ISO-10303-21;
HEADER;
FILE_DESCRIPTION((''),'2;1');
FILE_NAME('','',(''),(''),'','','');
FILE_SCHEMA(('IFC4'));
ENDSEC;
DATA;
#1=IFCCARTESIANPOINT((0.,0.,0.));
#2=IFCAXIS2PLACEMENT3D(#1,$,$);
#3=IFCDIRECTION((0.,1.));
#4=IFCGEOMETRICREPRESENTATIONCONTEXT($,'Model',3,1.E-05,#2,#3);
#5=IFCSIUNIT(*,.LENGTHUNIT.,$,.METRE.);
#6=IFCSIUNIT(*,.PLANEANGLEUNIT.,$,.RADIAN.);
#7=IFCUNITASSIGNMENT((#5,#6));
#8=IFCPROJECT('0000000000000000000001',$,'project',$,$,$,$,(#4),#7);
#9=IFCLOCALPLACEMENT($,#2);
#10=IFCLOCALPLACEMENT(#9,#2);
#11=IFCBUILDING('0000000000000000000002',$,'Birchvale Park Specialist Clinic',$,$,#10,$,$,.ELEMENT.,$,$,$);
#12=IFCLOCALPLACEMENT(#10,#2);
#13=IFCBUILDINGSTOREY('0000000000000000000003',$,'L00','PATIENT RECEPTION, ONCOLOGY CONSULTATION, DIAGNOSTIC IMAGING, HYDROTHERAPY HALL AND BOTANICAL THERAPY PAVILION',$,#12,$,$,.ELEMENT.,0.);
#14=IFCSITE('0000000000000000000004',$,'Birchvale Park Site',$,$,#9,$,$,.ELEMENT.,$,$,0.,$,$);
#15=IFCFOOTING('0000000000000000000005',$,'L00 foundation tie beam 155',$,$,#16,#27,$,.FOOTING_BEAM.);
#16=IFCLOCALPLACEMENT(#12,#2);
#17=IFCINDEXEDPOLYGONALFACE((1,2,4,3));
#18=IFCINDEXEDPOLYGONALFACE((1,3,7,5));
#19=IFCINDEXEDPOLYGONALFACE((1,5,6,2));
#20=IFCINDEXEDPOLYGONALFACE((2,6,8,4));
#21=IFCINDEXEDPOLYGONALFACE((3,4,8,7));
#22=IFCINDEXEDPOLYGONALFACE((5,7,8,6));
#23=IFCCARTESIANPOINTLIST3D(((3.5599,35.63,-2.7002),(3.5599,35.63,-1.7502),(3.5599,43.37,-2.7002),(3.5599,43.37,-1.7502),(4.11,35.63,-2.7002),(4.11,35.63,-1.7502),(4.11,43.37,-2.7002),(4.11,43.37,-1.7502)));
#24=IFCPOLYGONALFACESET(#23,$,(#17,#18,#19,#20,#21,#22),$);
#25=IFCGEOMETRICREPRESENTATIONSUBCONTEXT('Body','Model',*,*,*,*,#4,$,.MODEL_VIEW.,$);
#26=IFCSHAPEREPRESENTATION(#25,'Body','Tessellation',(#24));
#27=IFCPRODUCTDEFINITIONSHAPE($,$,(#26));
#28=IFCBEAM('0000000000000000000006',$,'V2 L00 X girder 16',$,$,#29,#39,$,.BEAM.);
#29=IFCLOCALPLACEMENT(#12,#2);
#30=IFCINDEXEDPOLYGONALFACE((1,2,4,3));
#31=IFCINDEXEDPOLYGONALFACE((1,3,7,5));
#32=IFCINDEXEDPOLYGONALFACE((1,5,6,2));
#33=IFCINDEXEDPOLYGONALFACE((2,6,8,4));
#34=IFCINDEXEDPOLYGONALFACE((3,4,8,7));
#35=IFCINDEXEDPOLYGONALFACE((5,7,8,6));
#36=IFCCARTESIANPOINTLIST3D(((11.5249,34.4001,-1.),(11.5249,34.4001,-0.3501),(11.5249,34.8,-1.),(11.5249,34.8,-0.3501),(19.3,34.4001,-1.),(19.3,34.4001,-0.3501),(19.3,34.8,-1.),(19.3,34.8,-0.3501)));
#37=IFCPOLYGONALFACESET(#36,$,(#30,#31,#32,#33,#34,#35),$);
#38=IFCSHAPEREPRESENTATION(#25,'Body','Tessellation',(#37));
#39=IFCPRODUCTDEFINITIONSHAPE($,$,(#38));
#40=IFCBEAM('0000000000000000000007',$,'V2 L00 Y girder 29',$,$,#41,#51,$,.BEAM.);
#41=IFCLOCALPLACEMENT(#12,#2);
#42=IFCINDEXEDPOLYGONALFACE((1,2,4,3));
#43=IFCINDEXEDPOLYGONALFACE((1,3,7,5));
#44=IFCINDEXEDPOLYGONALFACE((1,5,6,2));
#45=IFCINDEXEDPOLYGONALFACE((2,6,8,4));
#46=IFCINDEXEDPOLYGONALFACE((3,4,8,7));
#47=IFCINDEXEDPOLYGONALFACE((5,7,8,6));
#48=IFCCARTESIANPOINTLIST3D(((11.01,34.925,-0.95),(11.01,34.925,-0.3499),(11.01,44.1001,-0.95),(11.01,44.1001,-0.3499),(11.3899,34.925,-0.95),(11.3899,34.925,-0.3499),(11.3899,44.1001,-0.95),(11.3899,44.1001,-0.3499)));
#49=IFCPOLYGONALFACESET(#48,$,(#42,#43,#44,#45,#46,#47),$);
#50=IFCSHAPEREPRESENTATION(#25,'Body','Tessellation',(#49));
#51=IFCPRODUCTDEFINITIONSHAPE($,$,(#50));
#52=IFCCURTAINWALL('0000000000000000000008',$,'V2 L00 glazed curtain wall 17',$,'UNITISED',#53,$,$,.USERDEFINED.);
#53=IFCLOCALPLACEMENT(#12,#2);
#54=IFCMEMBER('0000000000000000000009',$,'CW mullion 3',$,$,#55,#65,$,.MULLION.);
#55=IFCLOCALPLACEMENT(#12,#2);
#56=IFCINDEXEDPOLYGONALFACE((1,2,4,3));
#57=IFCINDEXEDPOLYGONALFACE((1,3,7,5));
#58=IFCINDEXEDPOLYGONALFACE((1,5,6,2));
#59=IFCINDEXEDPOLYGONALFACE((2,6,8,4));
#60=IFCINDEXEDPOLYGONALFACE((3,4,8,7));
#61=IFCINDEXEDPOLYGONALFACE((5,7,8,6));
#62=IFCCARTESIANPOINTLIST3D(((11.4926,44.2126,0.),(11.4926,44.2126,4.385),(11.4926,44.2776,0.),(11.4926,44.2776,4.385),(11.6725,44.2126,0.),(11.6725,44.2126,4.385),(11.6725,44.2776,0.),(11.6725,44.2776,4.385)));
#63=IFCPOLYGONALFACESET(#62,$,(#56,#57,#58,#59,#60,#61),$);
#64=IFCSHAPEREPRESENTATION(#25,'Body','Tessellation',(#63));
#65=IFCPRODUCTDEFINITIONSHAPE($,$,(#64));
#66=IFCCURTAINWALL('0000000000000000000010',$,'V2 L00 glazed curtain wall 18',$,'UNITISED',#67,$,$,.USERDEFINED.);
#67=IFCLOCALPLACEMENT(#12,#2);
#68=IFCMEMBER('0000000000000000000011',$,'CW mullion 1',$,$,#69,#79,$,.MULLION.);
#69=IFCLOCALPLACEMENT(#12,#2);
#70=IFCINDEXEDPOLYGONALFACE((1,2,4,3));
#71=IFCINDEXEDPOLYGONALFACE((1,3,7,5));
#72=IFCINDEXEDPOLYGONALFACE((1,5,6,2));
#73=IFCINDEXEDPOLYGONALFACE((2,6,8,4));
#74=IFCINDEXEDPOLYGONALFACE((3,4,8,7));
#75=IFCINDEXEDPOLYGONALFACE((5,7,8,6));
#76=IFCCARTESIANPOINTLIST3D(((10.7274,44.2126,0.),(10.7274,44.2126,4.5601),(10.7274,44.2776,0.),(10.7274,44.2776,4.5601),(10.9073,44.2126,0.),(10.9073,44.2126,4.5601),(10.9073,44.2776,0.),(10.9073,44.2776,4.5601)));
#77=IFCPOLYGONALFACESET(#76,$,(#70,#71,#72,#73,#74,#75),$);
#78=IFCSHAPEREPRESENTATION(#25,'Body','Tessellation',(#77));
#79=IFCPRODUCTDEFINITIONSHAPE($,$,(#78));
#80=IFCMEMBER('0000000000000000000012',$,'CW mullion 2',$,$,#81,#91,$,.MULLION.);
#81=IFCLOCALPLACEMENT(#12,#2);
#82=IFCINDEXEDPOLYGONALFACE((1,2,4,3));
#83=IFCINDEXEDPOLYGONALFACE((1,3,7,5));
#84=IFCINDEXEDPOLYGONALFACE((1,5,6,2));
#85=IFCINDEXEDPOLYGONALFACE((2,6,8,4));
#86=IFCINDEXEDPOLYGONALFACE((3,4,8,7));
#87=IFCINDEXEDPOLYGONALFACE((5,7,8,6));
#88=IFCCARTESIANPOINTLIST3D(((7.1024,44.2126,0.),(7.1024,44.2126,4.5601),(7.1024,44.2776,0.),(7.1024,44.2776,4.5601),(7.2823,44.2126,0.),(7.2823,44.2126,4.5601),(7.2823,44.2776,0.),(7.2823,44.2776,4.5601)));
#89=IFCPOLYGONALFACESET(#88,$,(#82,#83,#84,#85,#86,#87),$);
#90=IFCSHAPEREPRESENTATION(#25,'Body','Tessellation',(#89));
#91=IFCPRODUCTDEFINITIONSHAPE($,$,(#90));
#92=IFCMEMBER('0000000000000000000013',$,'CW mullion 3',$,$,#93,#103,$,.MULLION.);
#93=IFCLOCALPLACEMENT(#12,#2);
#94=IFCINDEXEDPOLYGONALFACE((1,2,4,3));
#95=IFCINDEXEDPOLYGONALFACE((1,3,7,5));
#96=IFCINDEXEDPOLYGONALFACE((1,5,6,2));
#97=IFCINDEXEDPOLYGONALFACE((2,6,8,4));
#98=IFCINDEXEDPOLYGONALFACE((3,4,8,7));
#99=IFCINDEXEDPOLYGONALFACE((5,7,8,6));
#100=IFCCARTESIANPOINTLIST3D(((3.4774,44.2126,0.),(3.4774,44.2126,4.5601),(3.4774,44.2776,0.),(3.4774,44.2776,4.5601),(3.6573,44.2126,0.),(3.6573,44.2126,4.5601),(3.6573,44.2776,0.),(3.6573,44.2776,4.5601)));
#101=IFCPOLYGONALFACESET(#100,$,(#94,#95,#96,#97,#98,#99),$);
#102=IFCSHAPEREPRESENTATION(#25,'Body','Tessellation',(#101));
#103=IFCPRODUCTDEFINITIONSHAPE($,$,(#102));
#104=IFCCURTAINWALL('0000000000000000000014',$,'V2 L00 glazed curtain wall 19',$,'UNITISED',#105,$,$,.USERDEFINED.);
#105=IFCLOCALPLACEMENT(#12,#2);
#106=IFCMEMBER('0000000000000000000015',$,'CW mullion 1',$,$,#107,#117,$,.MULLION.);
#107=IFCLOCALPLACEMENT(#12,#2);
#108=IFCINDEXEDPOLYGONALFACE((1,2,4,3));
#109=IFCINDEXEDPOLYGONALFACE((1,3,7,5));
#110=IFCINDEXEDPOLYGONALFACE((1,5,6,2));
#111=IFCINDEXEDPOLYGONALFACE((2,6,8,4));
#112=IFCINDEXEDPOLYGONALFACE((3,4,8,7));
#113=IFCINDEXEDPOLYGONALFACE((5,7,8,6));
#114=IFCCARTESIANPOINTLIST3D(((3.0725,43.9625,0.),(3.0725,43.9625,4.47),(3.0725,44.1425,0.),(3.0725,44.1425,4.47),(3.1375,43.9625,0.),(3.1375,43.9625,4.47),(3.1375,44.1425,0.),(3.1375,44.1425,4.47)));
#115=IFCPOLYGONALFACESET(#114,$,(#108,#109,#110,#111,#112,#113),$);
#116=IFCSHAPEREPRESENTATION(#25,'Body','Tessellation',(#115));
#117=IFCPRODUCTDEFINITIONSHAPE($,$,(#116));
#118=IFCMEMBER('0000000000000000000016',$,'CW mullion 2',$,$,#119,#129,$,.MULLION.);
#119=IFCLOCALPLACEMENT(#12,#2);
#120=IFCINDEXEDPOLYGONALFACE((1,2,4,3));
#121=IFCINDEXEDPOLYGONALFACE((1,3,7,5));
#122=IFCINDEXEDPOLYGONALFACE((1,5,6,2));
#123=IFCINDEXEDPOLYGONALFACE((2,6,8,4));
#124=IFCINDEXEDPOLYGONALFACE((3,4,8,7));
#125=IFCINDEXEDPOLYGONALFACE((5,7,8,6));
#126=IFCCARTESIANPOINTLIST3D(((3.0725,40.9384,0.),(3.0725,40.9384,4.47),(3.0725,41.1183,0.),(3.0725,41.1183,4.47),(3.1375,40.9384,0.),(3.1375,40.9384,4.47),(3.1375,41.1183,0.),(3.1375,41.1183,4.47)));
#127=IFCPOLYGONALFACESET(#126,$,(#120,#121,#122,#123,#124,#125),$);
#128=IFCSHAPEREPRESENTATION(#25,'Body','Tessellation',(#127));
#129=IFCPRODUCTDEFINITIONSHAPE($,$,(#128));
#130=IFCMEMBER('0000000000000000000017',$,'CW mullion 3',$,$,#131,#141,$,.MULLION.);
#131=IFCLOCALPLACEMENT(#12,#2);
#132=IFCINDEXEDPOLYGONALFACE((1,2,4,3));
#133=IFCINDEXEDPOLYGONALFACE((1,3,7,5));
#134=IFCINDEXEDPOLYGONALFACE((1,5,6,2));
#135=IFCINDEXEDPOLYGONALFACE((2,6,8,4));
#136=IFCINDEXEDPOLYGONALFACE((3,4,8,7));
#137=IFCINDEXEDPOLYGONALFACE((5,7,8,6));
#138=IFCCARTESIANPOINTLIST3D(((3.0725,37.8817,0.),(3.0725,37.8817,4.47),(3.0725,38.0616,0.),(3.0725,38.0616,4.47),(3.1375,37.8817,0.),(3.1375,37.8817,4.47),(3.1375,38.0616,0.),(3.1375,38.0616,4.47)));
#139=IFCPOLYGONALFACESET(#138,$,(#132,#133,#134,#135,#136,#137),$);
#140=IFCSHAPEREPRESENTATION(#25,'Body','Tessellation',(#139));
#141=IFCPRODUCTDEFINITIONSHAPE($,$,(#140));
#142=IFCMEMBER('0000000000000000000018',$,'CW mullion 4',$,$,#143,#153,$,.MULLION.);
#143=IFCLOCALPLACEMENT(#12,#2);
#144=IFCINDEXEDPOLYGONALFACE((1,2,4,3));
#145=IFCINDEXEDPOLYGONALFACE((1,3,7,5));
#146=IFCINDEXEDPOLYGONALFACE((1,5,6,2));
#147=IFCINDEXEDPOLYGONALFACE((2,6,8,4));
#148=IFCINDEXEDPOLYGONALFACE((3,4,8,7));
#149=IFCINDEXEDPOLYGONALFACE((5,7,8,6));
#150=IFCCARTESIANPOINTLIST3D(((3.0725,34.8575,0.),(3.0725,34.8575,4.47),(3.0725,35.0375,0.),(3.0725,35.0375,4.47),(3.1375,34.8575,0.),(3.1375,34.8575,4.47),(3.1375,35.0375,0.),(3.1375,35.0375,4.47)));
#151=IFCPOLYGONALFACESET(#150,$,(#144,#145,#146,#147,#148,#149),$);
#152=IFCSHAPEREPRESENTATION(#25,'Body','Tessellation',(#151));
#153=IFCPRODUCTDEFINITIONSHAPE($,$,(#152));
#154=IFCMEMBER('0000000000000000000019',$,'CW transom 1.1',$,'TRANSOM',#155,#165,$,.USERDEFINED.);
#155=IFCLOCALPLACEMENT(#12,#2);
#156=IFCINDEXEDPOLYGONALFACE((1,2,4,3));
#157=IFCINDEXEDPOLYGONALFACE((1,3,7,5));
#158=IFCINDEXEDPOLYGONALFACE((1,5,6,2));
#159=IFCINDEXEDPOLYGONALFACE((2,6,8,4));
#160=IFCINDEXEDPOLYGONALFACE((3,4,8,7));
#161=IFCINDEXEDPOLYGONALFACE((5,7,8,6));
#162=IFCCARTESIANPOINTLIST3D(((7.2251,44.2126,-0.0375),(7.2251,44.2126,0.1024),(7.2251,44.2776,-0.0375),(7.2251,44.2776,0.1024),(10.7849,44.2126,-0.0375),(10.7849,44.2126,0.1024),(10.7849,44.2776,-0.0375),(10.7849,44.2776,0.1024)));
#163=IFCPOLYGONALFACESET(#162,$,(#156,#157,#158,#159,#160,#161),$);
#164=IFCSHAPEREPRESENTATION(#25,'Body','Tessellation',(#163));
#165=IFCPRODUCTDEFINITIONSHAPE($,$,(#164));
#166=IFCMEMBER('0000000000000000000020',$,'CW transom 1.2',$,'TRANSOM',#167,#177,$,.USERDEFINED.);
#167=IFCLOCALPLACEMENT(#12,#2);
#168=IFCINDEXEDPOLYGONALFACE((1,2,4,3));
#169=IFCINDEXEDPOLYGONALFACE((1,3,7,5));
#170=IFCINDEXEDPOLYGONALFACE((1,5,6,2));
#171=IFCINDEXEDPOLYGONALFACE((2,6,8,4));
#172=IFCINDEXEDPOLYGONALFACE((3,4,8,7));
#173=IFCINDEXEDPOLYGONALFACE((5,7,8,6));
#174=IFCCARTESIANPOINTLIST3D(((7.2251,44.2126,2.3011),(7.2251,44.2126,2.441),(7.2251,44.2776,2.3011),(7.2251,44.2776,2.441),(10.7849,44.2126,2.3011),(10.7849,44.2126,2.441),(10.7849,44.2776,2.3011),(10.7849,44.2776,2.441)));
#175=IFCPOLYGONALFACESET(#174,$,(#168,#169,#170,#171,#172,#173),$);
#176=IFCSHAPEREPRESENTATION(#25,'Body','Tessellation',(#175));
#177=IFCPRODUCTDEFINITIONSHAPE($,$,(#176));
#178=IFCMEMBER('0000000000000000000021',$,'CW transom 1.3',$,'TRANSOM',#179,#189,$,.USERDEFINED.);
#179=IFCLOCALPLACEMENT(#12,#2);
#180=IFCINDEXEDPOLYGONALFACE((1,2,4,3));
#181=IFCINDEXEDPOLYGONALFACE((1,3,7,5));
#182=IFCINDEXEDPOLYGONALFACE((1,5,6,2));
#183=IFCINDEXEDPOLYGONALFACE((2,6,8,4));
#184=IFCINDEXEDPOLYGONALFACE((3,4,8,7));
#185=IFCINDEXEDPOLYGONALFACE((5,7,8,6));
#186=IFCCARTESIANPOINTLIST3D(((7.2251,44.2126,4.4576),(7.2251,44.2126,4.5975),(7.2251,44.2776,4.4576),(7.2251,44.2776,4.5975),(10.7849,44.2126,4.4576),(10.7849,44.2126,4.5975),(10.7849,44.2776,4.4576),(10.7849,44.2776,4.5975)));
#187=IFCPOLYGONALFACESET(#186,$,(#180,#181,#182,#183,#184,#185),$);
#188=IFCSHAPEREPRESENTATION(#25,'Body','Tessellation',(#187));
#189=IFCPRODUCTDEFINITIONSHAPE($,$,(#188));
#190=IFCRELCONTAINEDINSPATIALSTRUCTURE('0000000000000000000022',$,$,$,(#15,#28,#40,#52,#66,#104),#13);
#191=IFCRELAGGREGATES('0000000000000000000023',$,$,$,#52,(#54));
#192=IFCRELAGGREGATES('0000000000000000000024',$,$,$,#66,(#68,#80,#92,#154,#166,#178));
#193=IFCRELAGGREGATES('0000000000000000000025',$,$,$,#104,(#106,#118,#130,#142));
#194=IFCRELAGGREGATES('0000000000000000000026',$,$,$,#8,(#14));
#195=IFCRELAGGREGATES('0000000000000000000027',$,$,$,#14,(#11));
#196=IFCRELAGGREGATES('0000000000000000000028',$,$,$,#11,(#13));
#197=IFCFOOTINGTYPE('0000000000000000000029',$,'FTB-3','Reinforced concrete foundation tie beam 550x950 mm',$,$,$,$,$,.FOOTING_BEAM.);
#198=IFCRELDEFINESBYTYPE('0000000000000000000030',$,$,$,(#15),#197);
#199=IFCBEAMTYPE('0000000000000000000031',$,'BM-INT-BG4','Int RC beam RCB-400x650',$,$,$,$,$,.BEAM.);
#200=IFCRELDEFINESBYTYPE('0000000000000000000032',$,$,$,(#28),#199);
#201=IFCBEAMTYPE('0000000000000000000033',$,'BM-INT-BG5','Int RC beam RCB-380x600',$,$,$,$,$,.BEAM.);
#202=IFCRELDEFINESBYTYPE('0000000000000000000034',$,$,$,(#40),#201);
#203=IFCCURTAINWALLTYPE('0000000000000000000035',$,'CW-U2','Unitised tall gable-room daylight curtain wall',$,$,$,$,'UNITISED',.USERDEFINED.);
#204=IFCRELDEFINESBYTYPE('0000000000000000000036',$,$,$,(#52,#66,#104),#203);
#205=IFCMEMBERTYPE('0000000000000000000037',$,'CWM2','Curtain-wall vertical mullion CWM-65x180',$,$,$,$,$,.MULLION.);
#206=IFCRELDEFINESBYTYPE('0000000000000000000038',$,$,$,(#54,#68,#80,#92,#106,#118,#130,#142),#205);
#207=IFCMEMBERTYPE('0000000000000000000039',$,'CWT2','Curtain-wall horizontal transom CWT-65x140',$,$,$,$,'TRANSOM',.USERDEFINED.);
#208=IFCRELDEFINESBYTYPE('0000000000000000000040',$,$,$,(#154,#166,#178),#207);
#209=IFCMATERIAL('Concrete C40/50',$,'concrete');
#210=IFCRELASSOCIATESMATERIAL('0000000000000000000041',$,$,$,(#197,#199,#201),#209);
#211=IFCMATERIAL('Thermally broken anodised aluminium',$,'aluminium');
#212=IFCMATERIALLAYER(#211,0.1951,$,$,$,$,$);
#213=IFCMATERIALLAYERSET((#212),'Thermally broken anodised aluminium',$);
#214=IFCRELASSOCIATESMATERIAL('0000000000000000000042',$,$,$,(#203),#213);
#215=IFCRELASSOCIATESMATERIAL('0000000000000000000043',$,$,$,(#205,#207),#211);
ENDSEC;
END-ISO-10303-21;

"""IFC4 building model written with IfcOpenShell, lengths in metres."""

from ifc_helpers import new_model, si_unit, direction, frame, origin, origin_2d, place, context, subcontext, project, spatial, rectangle, extrude, material, layer, layer_set, material_profile, profile_set, type_object, element, aggregate, save


model = new_model("IFC4")

# Units and contexts
model_context = context("Model", 3, precision=1e-05, world=origin(), true_north=direction((0.0, 1.0)))
body_context = subcontext(model_context, "Body", "Model", "MODEL_VIEW")
ifc_project = project(units=[si_unit("LENGTHUNIT", "METRE"), si_unit("PLANEANGLEUNIT", "RADIAN")], contexts=[model_context])

# Site, building, storey
site_placement = place(None, origin())
site = spatial("IfcSite", under=ifc_project, at=site_placement, Name="Birchvale Park Site", CompositionType="ELEMENT", RefElevation=0.0)
building_placement = place(site_placement, origin())
building = spatial("IfcBuilding", under=site, at=building_placement, Name="Birchvale Park Specialist Clinic", CompositionType="ELEMENT")
storey_placement = place(building_placement, origin())
storey = spatial("IfcBuildingStorey", under=building, at=storey_placement, Name="L00", Description="PATIENT RECEPTION, ONCOLOGY CONSULTATION, DIAGNOSTIC IMAGING, HYDROTHERAPY HALL AND BOTANICAL THERAPY PAVILION", CompositionType="ELEMENT", Elevation=0.0)

# Footing
ifc_material_1 = material(Name="Concrete C40/50", Category="concrete")
footing_type = type_object("IfcFootingType", Name="FTB-3", Description="Reinforced concrete foundation tie beam 550x950 mm", PredefinedType="FOOTING_BEAM", material=ifc_material_1)
footing_placement = place(storey_placement, frame((3.835, 39.5, -2.7002), z_axis=(0.0, 0.0, 1.0), x_axis=(1.0, 0.0, 0.0)))
element("IfcFooting", 1, at=footing_placement, inside=storey, type_object=footing_type, Name="L00 foundation tie beam 155", PredefinedType="FOOTING_BEAM", context=body_context, shape_type="SweptSolid", body=[
    extrude(rectangle(XDim=0.55, YDim=7.74, at=origin_2d()), origin(), (0.0, 0.0, 1.0), 0.95),
])

# Beams
ifc_material_profile_1 = material_profile(ifc_material_1, rectangle(XDim=0.3999, YDim=0.6499, at=origin_2d()), Name="RCB-400x650")
ifc_profile_set_1 = profile_set([ifc_material_profile_1], Name="Concrete C40/50")
beam_type_1 = type_object("IfcBeamType", Name="BM-INT-BG4", Description="Int RC beam RCB-400x650", PredefinedType="BEAM", material=ifc_profile_set_1)
beam_1_placement = place(storey_placement, frame((11.5249, 34.6001, -0.675), z_axis=(1.0, 0.0, 0.0), x_axis=(0.0, 1.0, 0.0)))
element("IfcBeam", 2, at=beam_1_placement, inside=storey, type_object=beam_type_1, Name="V2 L00 X girder 16", PredefinedType="BEAM", context=body_context, shape_type="SweptSolid", body=[
    extrude(rectangle(XDim=0.3999, YDim=0.6499, at=origin_2d()), origin(), (0.0, 0.0, 1.0), 7.7751),
])
ifc_material_profile_2 = material_profile(ifc_material_1, rectangle(XDim=0.3799, YDim=0.6001, at=origin_2d()), Name="RCB-380x600")
ifc_profile_set_2 = profile_set([ifc_material_profile_2], Name="Concrete C40/50")
beam_type_2 = type_object("IfcBeamType", Name="BM-INT-BG5", Description="Int RC beam RCB-380x600", PredefinedType="BEAM", material=ifc_profile_set_2)
beam_2_placement = place(storey_placement, frame((11.2, 34.925, -0.6499), z_axis=(0.0, 1.0, 0.0), x_axis=(-1.0, 0.0, 0.0)))
element("IfcBeam", 3, at=beam_2_placement, inside=storey, type_object=beam_type_2, Name="V2 L00 Y girder 29", PredefinedType="BEAM", context=body_context, shape_type="SweptSolid", body=[
    extrude(rectangle(XDim=0.3799, YDim=0.6001, at=origin_2d()), origin(), (0.0, 0.0, 1.0), 9.175),
])

# Curtain wall, member
ifc_material_2 = material(Name="Thermally broken anodised aluminium", Category="aluminium")
ifc_layer_1 = layer(ifc_material_2, 0.1951)
ifc_layer_set_1 = layer_set([ifc_layer_1], Name="Thermally broken anodised aluminium")
curtain_wall_type = type_object("IfcCurtainWallType", Name="CW-U2", Description="Unitised tall gable-room daylight curtain wall", ElementType="UNITISED", PredefinedType="USERDEFINED", material=ifc_layer_set_1)
curtain_wall_1_placement = place(storey_placement, origin())
curtain_wall_1 = element("IfcCurtainWall", 4, at=curtain_wall_1_placement, inside=storey, type_object=curtain_wall_type, Name="V2 L00 glazed curtain wall 17", ObjectType="UNITISED", PredefinedType="USERDEFINED")
ifc_material_profile_3 = material_profile(ifc_material_2, rectangle(XDim=0.0649, YDim=0.1799, at=origin_2d()), Name="CWM-65x180")
ifc_profile_set_3 = profile_set([ifc_material_profile_3], Name="Thermally broken anodised aluminium")
member_type_1 = type_object("IfcMemberType", Name="CWM2", Description="Curtain-wall vertical mullion CWM-65x180", PredefinedType="MULLION", material=ifc_profile_set_3)
member_1_placement = place(storey_placement, frame((11.5825, 44.2451, 0.0), z_axis=(0.0, 0.0, 1.0), x_axis=(0.0, -1.0, 0.0)))
member_1 = element("IfcMember", 5, at=member_1_placement, type_object=member_type_1, Name="CW mullion 3", PredefinedType="MULLION", context=body_context, shape_type="SweptSolid", body=[
    extrude(rectangle(XDim=0.0649, YDim=0.1799, at=origin_2d()), origin(), (0.0, 0.0, 1.0), 4.385),
])
aggregate(curtain_wall_1, [member_1])

# Curtain walls, members
curtain_wall_2_placement = place(storey_placement, origin())
curtain_wall_2 = element("IfcCurtainWall", 6, at=curtain_wall_2_placement, inside=storey, type_object=curtain_wall_type, Name="V2 L00 glazed curtain wall 18", ObjectType="UNITISED", PredefinedType="USERDEFINED")
member_2_placement = place(storey_placement, frame((10.8174, 44.2451, 0.0), z_axis=(0.0, 0.0, 1.0), x_axis=(0.0, -1.0, 0.0)))
member_2 = element("IfcMember", 7, at=member_2_placement, type_object=member_type_1, Name="CW mullion 1", PredefinedType="MULLION", context=body_context, shape_type="SweptSolid", body=[
    extrude(rectangle(XDim=0.0649, YDim=0.1799, at=origin_2d()), origin(), (0.0, 0.0, 1.0), 4.5601),
])
member_3_placement = place(storey_placement, frame((7.1924, 44.2451, 0.0), z_axis=(0.0, 0.0, 1.0), x_axis=(0.0, -1.0, 0.0)))
member_3 = element("IfcMember", 8, at=member_3_placement, type_object=member_type_1, Name="CW mullion 2", PredefinedType="MULLION", context=body_context, shape_type="SweptSolid", body=[
    extrude(rectangle(XDim=0.0649, YDim=0.1799, at=origin_2d()), origin(), (0.0, 0.0, 1.0), 4.5601),
])
member_4_placement = place(storey_placement, frame((3.5674, 44.2451, 0.0), z_axis=(0.0, 0.0, 1.0), x_axis=(0.0, -1.0, 0.0)))
member_4 = element("IfcMember", 9, at=member_4_placement, type_object=member_type_1, Name="CW mullion 3", PredefinedType="MULLION", context=body_context, shape_type="SweptSolid", body=[
    extrude(rectangle(XDim=0.0649, YDim=0.1799, at=origin_2d()), origin(), (0.0, 0.0, 1.0), 4.5601),
])
curtain_wall_3_placement = place(storey_placement, origin())
curtain_wall_3 = element("IfcCurtainWall", 10, at=curtain_wall_3_placement, inside=storey, type_object=curtain_wall_type, Name="V2 L00 glazed curtain wall 19", ObjectType="UNITISED", PredefinedType="USERDEFINED")
member_5_placement = place(storey_placement, frame((3.105, 44.0525, 0.0), z_axis=(0.0, 0.0, 1.0), x_axis=(1.0, 0.0, 0.0)))
member_5 = element("IfcMember", 11, at=member_5_placement, type_object=member_type_1, Name="CW mullion 1", PredefinedType="MULLION", context=body_context, shape_type="SweptSolid", body=[
    extrude(rectangle(XDim=0.0649, YDim=0.1799, at=origin_2d()), origin(), (0.0, 0.0, 1.0), 4.47),
])
member_6_placement = place(storey_placement, frame((3.105, 41.0283, 0.0), z_axis=(0.0, 0.0, 1.0), x_axis=(1.0, 0.0, 0.0)))
member_6 = element("IfcMember", 12, at=member_6_placement, type_object=member_type_1, Name="CW mullion 2", PredefinedType="MULLION", context=body_context, shape_type="SweptSolid", body=[
    extrude(rectangle(XDim=0.0649, YDim=0.1799, at=origin_2d()), origin(), (0.0, 0.0, 1.0), 4.47),
])
member_7_placement = place(storey_placement, frame((3.105, 37.9717, 0.0), z_axis=(0.0, 0.0, 1.0), x_axis=(1.0, 0.0, 0.0)))
member_7 = element("IfcMember", 13, at=member_7_placement, type_object=member_type_1, Name="CW mullion 3", PredefinedType="MULLION", context=body_context, shape_type="SweptSolid", body=[
    extrude(rectangle(XDim=0.0649, YDim=0.1799, at=origin_2d()), origin(), (0.0, 0.0, 1.0), 4.47),
])
member_8_placement = place(storey_placement, frame((3.105, 34.9475, 0.0), z_axis=(0.0, 0.0, 1.0), x_axis=(1.0, 0.0, 0.0)))
member_8 = element("IfcMember", 14, at=member_8_placement, type_object=member_type_1, Name="CW mullion 4", PredefinedType="MULLION", context=body_context, shape_type="SweptSolid", body=[
    extrude(rectangle(XDim=0.0649, YDim=0.1799, at=origin_2d()), origin(), (0.0, 0.0, 1.0), 4.47),
])

# Members
ifc_material_profile_4 = material_profile(ifc_material_2, rectangle(XDim=0.0649, YDim=0.1399, at=origin_2d()), Name="CWT-65x140")
ifc_profile_set_4 = profile_set([ifc_material_profile_4], Name="Thermally broken anodised aluminium")
member_type_2 = type_object("IfcMemberType", Name="CWT2", Description="Curtain-wall horizontal transom CWT-65x140", ElementType="TRANSOM", PredefinedType="USERDEFINED", material=ifc_profile_set_4)
member_9_placement = place(storey_placement, frame((10.7849, 44.2451, 0.0325), z_axis=(-1.0, 0.0, 0.0), x_axis=(0.0, -1.0, 0.0)))
member_9 = element("IfcMember", 15, at=member_9_placement, type_object=member_type_2, Name="CW transom 1.1", ObjectType="TRANSOM", PredefinedType="USERDEFINED", context=body_context, shape_type="SweptSolid", body=[
    extrude(rectangle(XDim=0.0649, YDim=0.1399, at=origin_2d()), origin(), (0.0, 0.0, 1.0), 3.5598),
])
member_10_placement = place(storey_placement, frame((10.7849, 44.2451, 2.3711), z_axis=(-1.0, 0.0, 0.0), x_axis=(0.0, -1.0, 0.0)))
member_10 = element("IfcMember", 16, at=member_10_placement, type_object=member_type_2, Name="CW transom 1.2", ObjectType="TRANSOM", PredefinedType="USERDEFINED", context=body_context, shape_type="SweptSolid", body=[
    extrude(rectangle(XDim=0.0649, YDim=0.1399, at=origin_2d()), origin(), (0.0, 0.0, 1.0), 3.5598),
])
member_11_placement = place(storey_placement, frame((10.7849, 44.2451, 4.5276), z_axis=(-1.0, 0.0, 0.0), x_axis=(0.0, -1.0, 0.0)))
member_11 = element("IfcMember", 17, at=member_11_placement, type_object=member_type_2, Name="CW transom 1.3", ObjectType="TRANSOM", PredefinedType="USERDEFINED", context=body_context, shape_type="SweptSolid", body=[
    extrude(rectangle(XDim=0.0649, YDim=0.1399, at=origin_2d()), origin(), (0.0, 0.0, 1.0), 3.5598),
])

aggregate(curtain_wall_2, [member_2, member_3, member_4, member_9, member_10, member_11])
aggregate(curtain_wall_3, [member_5, member_6, member_7, member_8])

save(model, "model.ifc")
